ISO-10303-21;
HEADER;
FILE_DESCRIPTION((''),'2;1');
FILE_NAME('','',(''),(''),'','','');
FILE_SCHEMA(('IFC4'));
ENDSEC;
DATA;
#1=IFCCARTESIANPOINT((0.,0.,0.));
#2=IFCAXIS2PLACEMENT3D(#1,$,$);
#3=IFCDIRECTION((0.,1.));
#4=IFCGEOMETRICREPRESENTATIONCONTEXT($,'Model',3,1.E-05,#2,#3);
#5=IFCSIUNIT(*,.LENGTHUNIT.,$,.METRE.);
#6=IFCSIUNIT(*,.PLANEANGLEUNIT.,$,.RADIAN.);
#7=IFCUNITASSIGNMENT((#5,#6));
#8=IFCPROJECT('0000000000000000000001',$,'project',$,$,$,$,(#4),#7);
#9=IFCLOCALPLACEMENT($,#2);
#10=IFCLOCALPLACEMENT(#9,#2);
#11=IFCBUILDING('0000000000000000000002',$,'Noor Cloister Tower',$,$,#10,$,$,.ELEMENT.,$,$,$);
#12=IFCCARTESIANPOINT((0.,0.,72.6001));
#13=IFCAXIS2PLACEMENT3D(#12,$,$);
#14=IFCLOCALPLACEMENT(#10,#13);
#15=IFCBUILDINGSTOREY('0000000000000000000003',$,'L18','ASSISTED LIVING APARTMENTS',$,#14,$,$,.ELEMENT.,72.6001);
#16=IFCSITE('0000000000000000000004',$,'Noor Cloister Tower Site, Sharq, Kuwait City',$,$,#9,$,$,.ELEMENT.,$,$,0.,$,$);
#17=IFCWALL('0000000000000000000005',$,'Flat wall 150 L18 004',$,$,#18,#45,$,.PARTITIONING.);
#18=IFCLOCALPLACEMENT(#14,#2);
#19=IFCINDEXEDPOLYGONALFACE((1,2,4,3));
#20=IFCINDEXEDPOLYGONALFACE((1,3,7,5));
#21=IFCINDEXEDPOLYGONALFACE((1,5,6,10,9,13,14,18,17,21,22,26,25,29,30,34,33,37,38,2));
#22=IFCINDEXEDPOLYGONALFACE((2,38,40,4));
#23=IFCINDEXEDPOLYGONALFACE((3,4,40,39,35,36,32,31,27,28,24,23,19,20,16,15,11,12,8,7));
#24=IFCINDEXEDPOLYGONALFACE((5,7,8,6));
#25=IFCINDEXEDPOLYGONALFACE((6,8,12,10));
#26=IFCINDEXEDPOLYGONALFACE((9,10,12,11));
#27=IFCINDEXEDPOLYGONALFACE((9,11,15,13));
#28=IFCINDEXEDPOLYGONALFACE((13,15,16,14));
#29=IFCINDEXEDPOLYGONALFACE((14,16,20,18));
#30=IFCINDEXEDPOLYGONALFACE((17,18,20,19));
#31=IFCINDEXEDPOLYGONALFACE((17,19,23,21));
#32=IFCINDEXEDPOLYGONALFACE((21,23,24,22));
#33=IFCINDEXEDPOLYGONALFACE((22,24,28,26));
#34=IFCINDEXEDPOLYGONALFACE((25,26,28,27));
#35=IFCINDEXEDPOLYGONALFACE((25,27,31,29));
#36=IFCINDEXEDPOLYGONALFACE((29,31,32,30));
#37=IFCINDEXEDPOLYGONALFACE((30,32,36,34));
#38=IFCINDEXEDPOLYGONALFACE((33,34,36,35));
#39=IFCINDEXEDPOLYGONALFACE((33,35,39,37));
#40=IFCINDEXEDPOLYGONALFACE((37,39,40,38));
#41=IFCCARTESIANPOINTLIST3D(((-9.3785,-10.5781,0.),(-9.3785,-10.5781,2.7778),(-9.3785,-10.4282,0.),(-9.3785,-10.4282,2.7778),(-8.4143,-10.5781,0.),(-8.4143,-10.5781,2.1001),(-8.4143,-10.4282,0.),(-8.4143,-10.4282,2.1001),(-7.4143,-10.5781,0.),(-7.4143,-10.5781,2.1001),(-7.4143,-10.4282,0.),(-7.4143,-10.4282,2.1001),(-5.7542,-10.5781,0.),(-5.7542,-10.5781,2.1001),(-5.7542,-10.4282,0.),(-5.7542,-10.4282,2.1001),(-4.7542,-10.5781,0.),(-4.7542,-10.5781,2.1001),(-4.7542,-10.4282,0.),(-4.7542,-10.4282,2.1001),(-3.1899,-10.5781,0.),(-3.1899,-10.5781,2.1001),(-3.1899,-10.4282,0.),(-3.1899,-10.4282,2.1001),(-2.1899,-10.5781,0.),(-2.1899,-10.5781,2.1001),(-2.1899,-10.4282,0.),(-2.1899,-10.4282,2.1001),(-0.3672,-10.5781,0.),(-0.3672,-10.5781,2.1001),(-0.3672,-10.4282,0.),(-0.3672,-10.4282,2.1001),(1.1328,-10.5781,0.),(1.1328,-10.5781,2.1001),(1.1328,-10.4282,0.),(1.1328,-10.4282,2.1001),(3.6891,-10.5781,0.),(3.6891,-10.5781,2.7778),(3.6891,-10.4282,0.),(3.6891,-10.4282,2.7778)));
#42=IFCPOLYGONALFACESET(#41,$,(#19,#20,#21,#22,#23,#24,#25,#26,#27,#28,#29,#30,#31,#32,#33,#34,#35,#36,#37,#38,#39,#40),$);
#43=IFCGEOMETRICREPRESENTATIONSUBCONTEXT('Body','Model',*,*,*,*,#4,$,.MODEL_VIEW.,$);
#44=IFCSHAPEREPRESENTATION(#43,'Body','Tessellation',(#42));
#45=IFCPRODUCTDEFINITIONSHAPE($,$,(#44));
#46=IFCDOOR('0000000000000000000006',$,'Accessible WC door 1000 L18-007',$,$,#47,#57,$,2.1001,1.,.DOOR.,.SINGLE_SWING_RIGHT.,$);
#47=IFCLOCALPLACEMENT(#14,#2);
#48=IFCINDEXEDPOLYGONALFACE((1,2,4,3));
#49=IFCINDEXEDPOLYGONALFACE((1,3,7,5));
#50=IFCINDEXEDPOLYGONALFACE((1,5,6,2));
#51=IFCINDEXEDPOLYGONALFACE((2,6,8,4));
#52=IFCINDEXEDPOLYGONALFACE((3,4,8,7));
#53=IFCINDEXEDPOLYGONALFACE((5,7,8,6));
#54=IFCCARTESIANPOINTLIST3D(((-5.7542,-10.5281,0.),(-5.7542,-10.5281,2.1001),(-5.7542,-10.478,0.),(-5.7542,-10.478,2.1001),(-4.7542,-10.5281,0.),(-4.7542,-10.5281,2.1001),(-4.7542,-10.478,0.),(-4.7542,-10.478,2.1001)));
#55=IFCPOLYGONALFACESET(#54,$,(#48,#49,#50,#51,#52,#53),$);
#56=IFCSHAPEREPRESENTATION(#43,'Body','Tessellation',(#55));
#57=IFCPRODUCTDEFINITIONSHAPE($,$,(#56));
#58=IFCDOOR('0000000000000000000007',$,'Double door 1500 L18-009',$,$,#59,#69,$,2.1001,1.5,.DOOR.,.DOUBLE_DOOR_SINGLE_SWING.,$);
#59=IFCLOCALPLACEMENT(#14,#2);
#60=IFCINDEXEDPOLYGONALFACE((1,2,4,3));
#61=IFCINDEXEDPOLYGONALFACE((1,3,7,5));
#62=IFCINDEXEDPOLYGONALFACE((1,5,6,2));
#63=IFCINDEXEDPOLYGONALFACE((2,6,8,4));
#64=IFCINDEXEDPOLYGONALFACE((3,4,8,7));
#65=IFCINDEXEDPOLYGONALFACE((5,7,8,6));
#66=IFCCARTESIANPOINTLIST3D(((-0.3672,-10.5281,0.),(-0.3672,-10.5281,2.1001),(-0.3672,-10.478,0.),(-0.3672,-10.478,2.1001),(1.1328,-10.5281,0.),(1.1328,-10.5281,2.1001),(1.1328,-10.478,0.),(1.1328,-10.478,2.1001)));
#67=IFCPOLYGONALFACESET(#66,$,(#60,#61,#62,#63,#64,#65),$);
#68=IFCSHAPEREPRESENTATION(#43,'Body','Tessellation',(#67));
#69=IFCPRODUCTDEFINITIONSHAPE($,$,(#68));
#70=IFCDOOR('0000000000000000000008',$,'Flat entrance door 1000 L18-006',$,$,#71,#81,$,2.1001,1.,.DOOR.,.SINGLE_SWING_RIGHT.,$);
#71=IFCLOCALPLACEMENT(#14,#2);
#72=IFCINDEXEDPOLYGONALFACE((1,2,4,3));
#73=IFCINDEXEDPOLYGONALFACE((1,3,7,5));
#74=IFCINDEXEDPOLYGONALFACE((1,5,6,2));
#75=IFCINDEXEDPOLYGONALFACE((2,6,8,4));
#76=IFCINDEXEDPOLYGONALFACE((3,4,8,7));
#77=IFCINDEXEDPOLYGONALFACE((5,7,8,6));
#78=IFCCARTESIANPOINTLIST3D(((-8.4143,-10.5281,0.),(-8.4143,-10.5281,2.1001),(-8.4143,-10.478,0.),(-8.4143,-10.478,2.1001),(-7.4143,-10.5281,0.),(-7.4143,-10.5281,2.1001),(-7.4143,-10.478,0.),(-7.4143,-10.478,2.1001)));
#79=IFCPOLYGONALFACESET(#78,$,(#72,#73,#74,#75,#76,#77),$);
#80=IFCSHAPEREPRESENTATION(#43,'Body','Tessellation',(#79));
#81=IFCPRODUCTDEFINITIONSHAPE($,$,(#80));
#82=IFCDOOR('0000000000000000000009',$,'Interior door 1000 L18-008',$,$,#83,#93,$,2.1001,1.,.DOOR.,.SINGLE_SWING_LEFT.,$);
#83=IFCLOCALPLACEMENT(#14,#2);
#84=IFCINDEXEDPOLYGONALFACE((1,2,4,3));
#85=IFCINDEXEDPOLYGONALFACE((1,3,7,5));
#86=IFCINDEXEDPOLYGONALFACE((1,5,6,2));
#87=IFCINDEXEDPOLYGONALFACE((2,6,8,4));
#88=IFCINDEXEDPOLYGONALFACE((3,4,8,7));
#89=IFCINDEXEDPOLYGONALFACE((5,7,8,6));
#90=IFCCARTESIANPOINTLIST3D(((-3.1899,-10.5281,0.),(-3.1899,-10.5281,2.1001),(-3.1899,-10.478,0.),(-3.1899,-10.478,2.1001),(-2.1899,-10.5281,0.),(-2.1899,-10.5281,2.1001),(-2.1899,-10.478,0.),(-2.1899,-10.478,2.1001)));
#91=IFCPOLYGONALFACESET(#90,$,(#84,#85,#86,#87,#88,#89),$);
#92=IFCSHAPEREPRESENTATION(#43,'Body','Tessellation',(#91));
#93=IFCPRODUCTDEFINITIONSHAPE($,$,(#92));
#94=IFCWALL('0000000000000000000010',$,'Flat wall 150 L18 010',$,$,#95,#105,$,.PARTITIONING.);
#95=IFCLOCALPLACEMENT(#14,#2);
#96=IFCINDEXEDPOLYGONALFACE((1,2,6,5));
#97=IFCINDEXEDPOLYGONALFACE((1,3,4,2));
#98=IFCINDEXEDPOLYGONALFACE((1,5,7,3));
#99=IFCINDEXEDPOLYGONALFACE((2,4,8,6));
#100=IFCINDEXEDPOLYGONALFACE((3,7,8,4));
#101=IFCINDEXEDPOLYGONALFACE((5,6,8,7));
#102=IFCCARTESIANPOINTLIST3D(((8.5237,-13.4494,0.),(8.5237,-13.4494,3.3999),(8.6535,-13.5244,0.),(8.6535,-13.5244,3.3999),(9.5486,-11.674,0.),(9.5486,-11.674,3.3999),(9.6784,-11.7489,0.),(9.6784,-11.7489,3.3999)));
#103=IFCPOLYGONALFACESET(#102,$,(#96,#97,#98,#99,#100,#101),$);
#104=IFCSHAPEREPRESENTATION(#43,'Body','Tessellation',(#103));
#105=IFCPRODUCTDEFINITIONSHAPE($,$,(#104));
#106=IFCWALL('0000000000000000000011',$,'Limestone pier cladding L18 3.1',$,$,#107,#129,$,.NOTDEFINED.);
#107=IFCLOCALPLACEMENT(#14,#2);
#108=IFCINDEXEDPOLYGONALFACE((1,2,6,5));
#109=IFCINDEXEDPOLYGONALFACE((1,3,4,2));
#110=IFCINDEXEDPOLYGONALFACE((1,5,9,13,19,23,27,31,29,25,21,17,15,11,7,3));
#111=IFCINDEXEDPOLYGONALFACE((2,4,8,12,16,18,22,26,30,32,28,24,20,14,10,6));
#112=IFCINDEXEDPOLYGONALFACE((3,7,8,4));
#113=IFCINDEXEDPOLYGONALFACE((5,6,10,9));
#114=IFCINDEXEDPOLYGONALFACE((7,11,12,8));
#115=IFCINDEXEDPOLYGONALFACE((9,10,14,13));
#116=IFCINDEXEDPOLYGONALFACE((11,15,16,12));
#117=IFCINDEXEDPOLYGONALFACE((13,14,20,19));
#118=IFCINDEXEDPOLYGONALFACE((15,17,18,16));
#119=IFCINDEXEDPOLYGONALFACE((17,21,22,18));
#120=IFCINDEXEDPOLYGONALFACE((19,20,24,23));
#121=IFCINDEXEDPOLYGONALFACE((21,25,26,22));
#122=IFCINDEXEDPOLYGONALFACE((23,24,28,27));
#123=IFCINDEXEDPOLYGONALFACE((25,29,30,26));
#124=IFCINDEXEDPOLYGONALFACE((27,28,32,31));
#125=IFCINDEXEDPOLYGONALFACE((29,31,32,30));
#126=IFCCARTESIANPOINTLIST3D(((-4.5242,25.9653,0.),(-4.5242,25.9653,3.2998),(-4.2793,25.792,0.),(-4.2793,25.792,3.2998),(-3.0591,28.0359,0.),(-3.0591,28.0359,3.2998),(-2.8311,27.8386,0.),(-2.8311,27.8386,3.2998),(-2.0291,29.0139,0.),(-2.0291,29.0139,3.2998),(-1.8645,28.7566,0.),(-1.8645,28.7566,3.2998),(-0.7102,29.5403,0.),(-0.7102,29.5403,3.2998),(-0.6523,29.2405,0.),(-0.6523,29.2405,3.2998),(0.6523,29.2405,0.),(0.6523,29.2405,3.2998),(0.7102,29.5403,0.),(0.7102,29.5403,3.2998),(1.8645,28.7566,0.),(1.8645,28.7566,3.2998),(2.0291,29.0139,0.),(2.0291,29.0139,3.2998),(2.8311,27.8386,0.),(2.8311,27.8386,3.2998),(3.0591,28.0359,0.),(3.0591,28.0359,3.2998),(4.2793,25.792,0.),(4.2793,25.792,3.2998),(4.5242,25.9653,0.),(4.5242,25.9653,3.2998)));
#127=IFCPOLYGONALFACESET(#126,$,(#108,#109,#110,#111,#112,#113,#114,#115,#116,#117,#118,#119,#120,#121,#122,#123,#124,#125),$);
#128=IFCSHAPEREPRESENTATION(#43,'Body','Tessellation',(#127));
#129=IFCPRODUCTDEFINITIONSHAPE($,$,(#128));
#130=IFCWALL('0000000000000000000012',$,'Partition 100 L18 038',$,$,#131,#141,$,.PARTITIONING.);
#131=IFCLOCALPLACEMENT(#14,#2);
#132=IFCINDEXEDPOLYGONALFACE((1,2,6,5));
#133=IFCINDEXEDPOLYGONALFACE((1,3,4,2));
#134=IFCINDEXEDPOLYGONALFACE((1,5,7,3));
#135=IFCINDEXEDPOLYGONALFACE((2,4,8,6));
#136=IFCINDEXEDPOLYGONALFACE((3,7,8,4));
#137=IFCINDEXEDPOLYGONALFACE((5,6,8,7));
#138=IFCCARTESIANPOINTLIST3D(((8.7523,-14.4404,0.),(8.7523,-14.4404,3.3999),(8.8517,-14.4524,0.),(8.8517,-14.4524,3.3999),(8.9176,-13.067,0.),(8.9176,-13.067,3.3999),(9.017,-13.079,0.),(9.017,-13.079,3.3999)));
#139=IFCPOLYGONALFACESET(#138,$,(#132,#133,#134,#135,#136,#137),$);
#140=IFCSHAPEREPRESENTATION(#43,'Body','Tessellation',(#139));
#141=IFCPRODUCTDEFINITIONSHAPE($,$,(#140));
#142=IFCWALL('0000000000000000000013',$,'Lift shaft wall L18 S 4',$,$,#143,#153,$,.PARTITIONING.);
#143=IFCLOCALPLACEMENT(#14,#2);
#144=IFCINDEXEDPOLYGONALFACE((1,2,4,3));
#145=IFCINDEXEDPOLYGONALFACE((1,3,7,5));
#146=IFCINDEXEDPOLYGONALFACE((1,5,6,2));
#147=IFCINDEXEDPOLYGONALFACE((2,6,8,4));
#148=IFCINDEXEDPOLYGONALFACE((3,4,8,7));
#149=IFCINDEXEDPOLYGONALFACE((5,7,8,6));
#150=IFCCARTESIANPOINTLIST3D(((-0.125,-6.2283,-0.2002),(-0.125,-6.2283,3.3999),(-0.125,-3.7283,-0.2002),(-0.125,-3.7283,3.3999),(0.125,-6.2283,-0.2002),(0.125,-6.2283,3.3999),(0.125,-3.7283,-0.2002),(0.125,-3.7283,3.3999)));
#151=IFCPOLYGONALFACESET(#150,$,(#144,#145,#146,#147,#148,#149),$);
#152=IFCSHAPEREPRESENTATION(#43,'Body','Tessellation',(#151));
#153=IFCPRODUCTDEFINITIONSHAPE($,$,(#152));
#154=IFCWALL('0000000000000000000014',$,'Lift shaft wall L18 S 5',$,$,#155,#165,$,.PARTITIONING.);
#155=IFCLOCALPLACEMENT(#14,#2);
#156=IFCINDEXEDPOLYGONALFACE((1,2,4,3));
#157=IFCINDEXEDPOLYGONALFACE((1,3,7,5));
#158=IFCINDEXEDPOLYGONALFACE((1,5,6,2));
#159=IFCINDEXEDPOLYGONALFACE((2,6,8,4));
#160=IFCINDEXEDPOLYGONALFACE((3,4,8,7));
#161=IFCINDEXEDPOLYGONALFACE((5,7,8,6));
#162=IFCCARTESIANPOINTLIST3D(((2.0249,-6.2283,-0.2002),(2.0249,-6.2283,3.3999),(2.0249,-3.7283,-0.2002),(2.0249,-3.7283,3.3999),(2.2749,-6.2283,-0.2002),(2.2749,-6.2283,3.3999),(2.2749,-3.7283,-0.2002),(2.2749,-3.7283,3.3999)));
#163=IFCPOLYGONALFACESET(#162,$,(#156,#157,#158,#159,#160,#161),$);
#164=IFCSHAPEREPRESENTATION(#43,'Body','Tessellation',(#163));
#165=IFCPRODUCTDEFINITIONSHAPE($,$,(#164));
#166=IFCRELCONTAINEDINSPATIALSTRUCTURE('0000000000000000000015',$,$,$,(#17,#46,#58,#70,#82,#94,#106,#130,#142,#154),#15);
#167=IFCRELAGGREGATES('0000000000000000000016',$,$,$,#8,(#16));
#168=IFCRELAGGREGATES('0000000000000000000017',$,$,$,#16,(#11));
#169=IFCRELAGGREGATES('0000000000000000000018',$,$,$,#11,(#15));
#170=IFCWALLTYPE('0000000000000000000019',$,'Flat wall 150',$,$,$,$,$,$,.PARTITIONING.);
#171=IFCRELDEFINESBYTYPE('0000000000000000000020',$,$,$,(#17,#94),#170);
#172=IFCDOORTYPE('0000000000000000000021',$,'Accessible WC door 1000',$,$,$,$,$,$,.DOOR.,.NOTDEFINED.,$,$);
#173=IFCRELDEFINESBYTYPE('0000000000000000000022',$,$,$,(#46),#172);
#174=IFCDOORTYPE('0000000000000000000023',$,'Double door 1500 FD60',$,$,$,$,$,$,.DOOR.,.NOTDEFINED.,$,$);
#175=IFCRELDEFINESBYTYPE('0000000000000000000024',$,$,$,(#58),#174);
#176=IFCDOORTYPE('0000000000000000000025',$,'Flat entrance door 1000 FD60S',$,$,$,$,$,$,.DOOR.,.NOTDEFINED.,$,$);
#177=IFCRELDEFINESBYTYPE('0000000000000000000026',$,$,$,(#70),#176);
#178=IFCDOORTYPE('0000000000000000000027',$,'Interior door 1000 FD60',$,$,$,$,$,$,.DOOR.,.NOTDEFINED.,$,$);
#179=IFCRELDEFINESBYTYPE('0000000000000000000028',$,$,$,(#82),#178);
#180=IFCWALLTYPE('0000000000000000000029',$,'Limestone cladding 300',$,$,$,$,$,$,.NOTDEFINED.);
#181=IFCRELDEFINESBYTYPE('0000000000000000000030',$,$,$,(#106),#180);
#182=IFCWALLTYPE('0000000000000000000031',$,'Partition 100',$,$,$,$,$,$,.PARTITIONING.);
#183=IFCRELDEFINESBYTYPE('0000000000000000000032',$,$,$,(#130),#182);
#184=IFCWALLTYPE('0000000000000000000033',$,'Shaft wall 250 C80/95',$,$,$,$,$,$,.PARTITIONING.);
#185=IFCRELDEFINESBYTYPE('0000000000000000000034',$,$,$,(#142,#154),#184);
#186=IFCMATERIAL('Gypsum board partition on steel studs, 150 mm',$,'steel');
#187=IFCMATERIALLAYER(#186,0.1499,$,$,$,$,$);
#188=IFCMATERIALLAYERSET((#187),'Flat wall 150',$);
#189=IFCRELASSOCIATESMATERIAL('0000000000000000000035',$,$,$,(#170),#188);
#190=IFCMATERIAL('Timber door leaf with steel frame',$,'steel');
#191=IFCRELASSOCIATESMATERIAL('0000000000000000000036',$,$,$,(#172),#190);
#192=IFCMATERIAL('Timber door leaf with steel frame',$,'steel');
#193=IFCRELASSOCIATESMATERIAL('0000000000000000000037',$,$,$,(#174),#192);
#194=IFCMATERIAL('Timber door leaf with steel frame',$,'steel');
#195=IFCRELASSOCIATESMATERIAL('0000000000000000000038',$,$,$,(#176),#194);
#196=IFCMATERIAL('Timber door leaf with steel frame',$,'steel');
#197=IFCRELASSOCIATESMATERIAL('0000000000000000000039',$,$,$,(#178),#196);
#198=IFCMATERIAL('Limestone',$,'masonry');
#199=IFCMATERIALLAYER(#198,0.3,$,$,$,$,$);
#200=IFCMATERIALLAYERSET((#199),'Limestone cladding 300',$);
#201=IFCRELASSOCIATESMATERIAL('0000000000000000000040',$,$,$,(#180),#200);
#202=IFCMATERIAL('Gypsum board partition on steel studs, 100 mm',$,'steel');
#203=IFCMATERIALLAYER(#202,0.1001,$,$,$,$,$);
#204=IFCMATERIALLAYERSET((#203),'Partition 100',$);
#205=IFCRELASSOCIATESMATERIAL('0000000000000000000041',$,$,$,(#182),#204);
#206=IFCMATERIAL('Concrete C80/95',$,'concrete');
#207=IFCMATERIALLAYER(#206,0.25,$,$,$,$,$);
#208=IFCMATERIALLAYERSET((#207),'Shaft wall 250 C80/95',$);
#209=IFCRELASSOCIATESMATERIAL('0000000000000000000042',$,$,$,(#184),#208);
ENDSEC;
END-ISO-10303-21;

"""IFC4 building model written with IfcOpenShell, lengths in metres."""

from ifc_helpers import new_model, si_unit, direction, frame, frame_2d, origin, place, context, subcontext, project, spatial, polyline, rectangle, outline, extrude, material, layer, layer_set, type_object, element, fill, save


model = new_model("IFC4")

# Units and contexts
model_context = context("Model", 3, precision=1e-05, world=origin(), true_north=direction((0.0, 1.0)))
body_context = subcontext(model_context, "Body", "Model", "MODEL_VIEW")
ifc_project = project(units=[si_unit("LENGTHUNIT", "METRE"), si_unit("PLANEANGLEUNIT", "RADIAN")], contexts=[model_context])

# Site, building, storey
site_placement = place(None, origin())
site = spatial("IfcSite", under=ifc_project, at=site_placement, Name="Noor Cloister Tower Site, Sharq, Kuwait City", CompositionType="ELEMENT", RefElevation=0.0)
building_placement = place(site_placement, origin())
building = spatial("IfcBuilding", under=site, at=building_placement, Name="Noor Cloister Tower", CompositionType="ELEMENT")
storey_placement = place(building_placement, frame((0.0, 0.0, 72.6001)))
storey = spatial("IfcBuildingStorey", under=building, at=storey_placement, Name="L18", Description="ASSISTED LIVING APARTMENTS", CompositionType="ELEMENT", Elevation=72.6001)

# Wall, openings, doors
ifc_material_1 = material(Name="Gypsum board partition on steel studs, 150 mm", Category="steel")
ifc_layer_1 = layer(ifc_material_1, 0.1499)
ifc_layer_set_1 = layer_set([ifc_layer_1], Name="Flat wall 150")
wall_type_1 = type_object("IfcWallType", Name="Flat wall 150", PredefinedType="PARTITIONING", material=ifc_layer_set_1)
wall_1_placement = place(storey_placement, frame((3.689, -10.5032, 0.0), z_axis=(0.0, 0.0, 1.0), x_axis=(-1.0, 0.0, 0.0)))
wall_1 = element("IfcWall", 1, at=wall_1_placement, inside=storey, type_object=wall_type_1, Name="Flat wall 150 L18 004", PredefinedType="PARTITIONING", context=body_context, shape_type="SweptSolid", body=[
    extrude(rectangle(XDim=13.0676, YDim=0.1499, at=frame_2d((6.5337, 0.0))), origin(), (0.0, 0.0, 1.0), 2.7778),
])
opening_1_placement = place(wall_1_placement, frame((11.1033, 0.0, 0.0)))
opening_1 = element("IfcOpeningElement", 2, at=opening_1_placement, cuts=wall_1, PredefinedType="OPENING", context=body_context, shape_type="SweptSolid", body=[
    extrude(rectangle(XDim=1.0, YDim=2.1001, at=frame_2d((0.5, 1.05))), frame((0.0, 0.085, 0.0), z_axis=(0.0, -1.0, 0.0), x_axis=(1.0, 0.0, 0.0)), (0.0, 0.0, 1.0), 0.1699),
])
opening_2_placement = place(wall_1_placement, frame((8.4431, 0.0, 0.0)))
opening_2 = element("IfcOpeningElement", 3, at=opening_2_placement, cuts=wall_1, PredefinedType="OPENING", context=body_context, shape_type="SweptSolid", body=[
    extrude(rectangle(XDim=1.0, YDim=2.1001, at=frame_2d((0.5, 1.05))), frame((0.0, 0.085, 0.0), z_axis=(0.0, -1.0, 0.0), x_axis=(1.0, 0.0, 0.0)), (0.0, 0.0, 1.0), 0.1699),
])
opening_3_placement = place(wall_1_placement, frame((5.8789, 0.0, 0.0)))
opening_3 = element("IfcOpeningElement", 4, at=opening_3_placement, cuts=wall_1, PredefinedType="OPENING", context=body_context, shape_type="SweptSolid", body=[
    extrude(rectangle(XDim=1.0, YDim=2.1001, at=frame_2d((0.5, 1.05))), frame((0.0, 0.085, 0.0), z_axis=(0.0, -1.0, 0.0), x_axis=(1.0, 0.0, 0.0)), (0.0, 0.0, 1.0), 0.1699),
])
opening_4_placement = place(wall_1_placement, frame((2.5562, 0.0, 0.0)))
opening_4 = element("IfcOpeningElement", 5, at=opening_4_placement, cuts=wall_1, PredefinedType="OPENING", context=body_context, shape_type="SweptSolid", body=[
    extrude(rectangle(XDim=1.5, YDim=2.1001, at=frame_2d((0.75, 1.05))), frame((0.0, 0.085, 0.0), z_axis=(0.0, -1.0, 0.0), x_axis=(1.0, 0.0, 0.0)), (0.0, 0.0, 1.0), 0.1699),
])
ifc_material_2 = material(Name="Timber door leaf with steel frame", Category="steel")
door_type_1 = type_object("IfcDoorType", Name="Accessible WC door 1000", OperationType="NOTDEFINED", PredefinedType="DOOR", material=ifc_material_2)
door_1_placement = place(opening_2_placement, origin())
door_1 = element("IfcDoor", 6, at=door_1_placement, inside=storey, type_object=door_type_1, Name="Accessible WC door 1000 L18-007", OperationType="SINGLE_SWING_RIGHT", OverallHeight=2.1001, OverallWidth=1.0, PredefinedType="DOOR", context=body_context, shape_type="SweptSolid", body=[
    extrude(rectangle(XDim=1.0, YDim=2.1001, at=frame_2d((0.5, 1.05))), frame((0.0, 0.0249, 0.0), z_axis=(0.0, -1.0, 0.0), x_axis=(1.0, 0.0, 0.0)), (0.0, 0.0, 1.0), 0.05),
])
fill(opening_2, door_1)
ifc_material_3 = material(Name="Timber door leaf with steel frame", Category="steel")
door_type_2 = type_object("IfcDoorType", Name="Double door 1500 FD60", OperationType="NOTDEFINED", PredefinedType="DOOR", material=ifc_material_3)
door_2_placement = place(opening_4_placement, origin())
door_2 = element("IfcDoor", 7, at=door_2_placement, inside=storey, type_object=door_type_2, Name="Double door 1500 L18-009", OperationType="DOUBLE_DOOR_SINGLE_SWING", OverallHeight=2.1001, OverallWidth=1.5, PredefinedType="DOOR", context=body_context, shape_type="SweptSolid", body=[
    extrude(rectangle(XDim=1.5, YDim=2.1001, at=frame_2d((0.75, 1.05))), frame((0.0, 0.0249, 0.0), z_axis=(0.0, -1.0, 0.0), x_axis=(1.0, 0.0, 0.0)), (0.0, 0.0, 1.0), 0.05),
])
fill(opening_4, door_2)
ifc_material_4 = material(Name="Timber door leaf with steel frame", Category="steel")
door_type_3 = type_object("IfcDoorType", Name="Flat entrance door 1000 FD60S", OperationType="NOTDEFINED", PredefinedType="DOOR", material=ifc_material_4)
door_3_placement = place(opening_1_placement, origin())
door_3 = element("IfcDoor", 8, at=door_3_placement, inside=storey, type_object=door_type_3, Name="Flat entrance door 1000 L18-006", OperationType="SINGLE_SWING_RIGHT", OverallHeight=2.1001, OverallWidth=1.0, PredefinedType="DOOR", context=body_context, shape_type="SweptSolid", body=[
    extrude(rectangle(XDim=1.0, YDim=2.1001, at=frame_2d((0.5, 1.05))), frame((0.0, 0.0249, 0.0), z_axis=(0.0, -1.0, 0.0), x_axis=(1.0, 0.0, 0.0)), (0.0, 0.0, 1.0), 0.05),
])
fill(opening_1, door_3)
ifc_material_5 = material(Name="Timber door leaf with steel frame", Category="steel")
door_type_4 = type_object("IfcDoorType", Name="Interior door 1000 FD60", OperationType="NOTDEFINED", PredefinedType="DOOR", material=ifc_material_5)
door_4_placement = place(opening_3_placement, origin())
door_4 = element("IfcDoor", 9, at=door_4_placement, inside=storey, type_object=door_type_4, Name="Interior door 1000 L18-008", OperationType="SINGLE_SWING_LEFT", OverallHeight=2.1001, OverallWidth=1.0, PredefinedType="DOOR", context=body_context, shape_type="SweptSolid", body=[
    extrude(rectangle(XDim=1.0, YDim=2.1001, at=frame_2d((0.5, 1.05))), frame((0.0, 0.0249, 0.0), z_axis=(0.0, -1.0, 0.0), x_axis=(1.0, 0.0, 0.0)), (0.0, 0.0, 1.0), 0.05),
])
fill(opening_3, door_4)

# Walls
wall_2_placement = place(storey_placement, frame((8.5886, -13.4868, 0.0), z_axis=(0.0, 0.0, 1.0), x_axis=(0.499956, 0.866051, 0.0)))
element("IfcWall", 10, at=wall_2_placement, inside=storey, type_object=wall_type_1, Name="Flat wall 150 L18 010", PredefinedType="PARTITIONING", context=body_context, shape_type="SweptSolid", body=[
    extrude(rectangle(XDim=2.05, YDim=0.1499, at=frame_2d((1.0249, 0.0))), origin(), (0.0, 0.0, 1.0), 3.3999),
])
ifc_material_6 = material(Name="Limestone", Category="masonry")
ifc_layer_2 = layer(ifc_material_6, 0.3)
ifc_layer_set_2 = layer_set([ifc_layer_2], Name="Limestone cladding 300")
wall_type_2 = type_object("IfcWallType", Name="Limestone cladding 300", PredefinedType="NOTDEFINED", material=ifc_layer_set_2)
wall_3_placement = place(storey_placement, origin())
element("IfcWall", 11, at=wall_3_placement, inside=storey, type_object=wall_type_2, Name="Limestone pier cladding L18 3.1", PredefinedType="NOTDEFINED", context=body_context, shape_type="SweptSolid", body=[
    extrude(outline(polyline([(4.5242, 25.9653), (3.0591, 28.0359), (2.0291, 29.0139), (0.7102, 29.5403), (-0.7102, 29.5403), (-2.0291, 29.0139), (-3.0591, 28.0359), (-4.5242, 25.9653), (-4.2793, 25.792), (-2.8311, 27.8386), (-1.8645, 28.7566), (-0.6523, 29.2405), (0.6523, 29.2405), (1.8645, 28.7566), (2.8311, 27.8386), (4.2793, 25.792), (4.5242, 25.9653)])), origin(), (0.0, 0.0, 1.0), 3.2998),
])
ifc_material_7 = material(Name="Gypsum board partition on steel studs, 100 mm", Category="steel")
ifc_layer_3 = layer(ifc_material_7, 0.1001)
ifc_layer_set_3 = layer_set([ifc_layer_3], Name="Partition 100")
wall_type_3 = type_object("IfcWallType", Name="Partition 100", PredefinedType="PARTITIONING", material=ifc_layer_set_3)
wall_4_placement = place(storey_placement, frame((8.9673, -13.073, 0.0), z_axis=(0.0, 0.0, 1.0), x_axis=(-0.119493, -0.992835, 0.0)))
element("IfcWall", 12, at=wall_4_placement, inside=storey, type_object=wall_type_3, Name="Partition 100 L18 038", PredefinedType="PARTITIONING", context=body_context, shape_type="SweptSolid", body=[
    extrude(rectangle(XDim=1.3833, YDim=0.1001, at=frame_2d((0.6917, 0.0))), origin(), (0.0, 0.0, 1.0), 3.3999),
])
ifc_material_8 = material(Name="Concrete C80/95", Category="concrete")
ifc_layer_4 = layer(ifc_material_8, 0.25)
ifc_layer_set_4 = layer_set([ifc_layer_4], Name="Shaft wall 250 C80/95")
wall_type_4 = type_object("IfcWallType", Name="Shaft wall 250 C80/95", PredefinedType="PARTITIONING", material=ifc_layer_set_4)
for number, where, z_axis, x_axis, name in (
    (13, (0.0, -6.2283, -0.2002), (0.0, 0.0, 1.0), (0.0, 1.0, 0.0), "Lift shaft wall L18 S 4"),
    (14, (2.1499, -6.2283, -0.2002), (0.0, 0.0, 1.0), (0.0, 1.0, 0.0), "Lift shaft wall L18 S 5"),
):
    element("IfcWall", number, at=place(storey_placement, frame(where, z_axis=z_axis, x_axis=x_axis)), inside=storey, type_object=wall_type_4, Name=name, PredefinedType="PARTITIONING", context=body_context, shape_type="SweptSolid", body=[
        extrude(rectangle(XDim=2.5, YDim=0.25, at=frame_2d((1.25, 0.0))), origin(), (0.0, 0.0, 1.0), 3.6001),
    ])

save(model, "model.ifc")
